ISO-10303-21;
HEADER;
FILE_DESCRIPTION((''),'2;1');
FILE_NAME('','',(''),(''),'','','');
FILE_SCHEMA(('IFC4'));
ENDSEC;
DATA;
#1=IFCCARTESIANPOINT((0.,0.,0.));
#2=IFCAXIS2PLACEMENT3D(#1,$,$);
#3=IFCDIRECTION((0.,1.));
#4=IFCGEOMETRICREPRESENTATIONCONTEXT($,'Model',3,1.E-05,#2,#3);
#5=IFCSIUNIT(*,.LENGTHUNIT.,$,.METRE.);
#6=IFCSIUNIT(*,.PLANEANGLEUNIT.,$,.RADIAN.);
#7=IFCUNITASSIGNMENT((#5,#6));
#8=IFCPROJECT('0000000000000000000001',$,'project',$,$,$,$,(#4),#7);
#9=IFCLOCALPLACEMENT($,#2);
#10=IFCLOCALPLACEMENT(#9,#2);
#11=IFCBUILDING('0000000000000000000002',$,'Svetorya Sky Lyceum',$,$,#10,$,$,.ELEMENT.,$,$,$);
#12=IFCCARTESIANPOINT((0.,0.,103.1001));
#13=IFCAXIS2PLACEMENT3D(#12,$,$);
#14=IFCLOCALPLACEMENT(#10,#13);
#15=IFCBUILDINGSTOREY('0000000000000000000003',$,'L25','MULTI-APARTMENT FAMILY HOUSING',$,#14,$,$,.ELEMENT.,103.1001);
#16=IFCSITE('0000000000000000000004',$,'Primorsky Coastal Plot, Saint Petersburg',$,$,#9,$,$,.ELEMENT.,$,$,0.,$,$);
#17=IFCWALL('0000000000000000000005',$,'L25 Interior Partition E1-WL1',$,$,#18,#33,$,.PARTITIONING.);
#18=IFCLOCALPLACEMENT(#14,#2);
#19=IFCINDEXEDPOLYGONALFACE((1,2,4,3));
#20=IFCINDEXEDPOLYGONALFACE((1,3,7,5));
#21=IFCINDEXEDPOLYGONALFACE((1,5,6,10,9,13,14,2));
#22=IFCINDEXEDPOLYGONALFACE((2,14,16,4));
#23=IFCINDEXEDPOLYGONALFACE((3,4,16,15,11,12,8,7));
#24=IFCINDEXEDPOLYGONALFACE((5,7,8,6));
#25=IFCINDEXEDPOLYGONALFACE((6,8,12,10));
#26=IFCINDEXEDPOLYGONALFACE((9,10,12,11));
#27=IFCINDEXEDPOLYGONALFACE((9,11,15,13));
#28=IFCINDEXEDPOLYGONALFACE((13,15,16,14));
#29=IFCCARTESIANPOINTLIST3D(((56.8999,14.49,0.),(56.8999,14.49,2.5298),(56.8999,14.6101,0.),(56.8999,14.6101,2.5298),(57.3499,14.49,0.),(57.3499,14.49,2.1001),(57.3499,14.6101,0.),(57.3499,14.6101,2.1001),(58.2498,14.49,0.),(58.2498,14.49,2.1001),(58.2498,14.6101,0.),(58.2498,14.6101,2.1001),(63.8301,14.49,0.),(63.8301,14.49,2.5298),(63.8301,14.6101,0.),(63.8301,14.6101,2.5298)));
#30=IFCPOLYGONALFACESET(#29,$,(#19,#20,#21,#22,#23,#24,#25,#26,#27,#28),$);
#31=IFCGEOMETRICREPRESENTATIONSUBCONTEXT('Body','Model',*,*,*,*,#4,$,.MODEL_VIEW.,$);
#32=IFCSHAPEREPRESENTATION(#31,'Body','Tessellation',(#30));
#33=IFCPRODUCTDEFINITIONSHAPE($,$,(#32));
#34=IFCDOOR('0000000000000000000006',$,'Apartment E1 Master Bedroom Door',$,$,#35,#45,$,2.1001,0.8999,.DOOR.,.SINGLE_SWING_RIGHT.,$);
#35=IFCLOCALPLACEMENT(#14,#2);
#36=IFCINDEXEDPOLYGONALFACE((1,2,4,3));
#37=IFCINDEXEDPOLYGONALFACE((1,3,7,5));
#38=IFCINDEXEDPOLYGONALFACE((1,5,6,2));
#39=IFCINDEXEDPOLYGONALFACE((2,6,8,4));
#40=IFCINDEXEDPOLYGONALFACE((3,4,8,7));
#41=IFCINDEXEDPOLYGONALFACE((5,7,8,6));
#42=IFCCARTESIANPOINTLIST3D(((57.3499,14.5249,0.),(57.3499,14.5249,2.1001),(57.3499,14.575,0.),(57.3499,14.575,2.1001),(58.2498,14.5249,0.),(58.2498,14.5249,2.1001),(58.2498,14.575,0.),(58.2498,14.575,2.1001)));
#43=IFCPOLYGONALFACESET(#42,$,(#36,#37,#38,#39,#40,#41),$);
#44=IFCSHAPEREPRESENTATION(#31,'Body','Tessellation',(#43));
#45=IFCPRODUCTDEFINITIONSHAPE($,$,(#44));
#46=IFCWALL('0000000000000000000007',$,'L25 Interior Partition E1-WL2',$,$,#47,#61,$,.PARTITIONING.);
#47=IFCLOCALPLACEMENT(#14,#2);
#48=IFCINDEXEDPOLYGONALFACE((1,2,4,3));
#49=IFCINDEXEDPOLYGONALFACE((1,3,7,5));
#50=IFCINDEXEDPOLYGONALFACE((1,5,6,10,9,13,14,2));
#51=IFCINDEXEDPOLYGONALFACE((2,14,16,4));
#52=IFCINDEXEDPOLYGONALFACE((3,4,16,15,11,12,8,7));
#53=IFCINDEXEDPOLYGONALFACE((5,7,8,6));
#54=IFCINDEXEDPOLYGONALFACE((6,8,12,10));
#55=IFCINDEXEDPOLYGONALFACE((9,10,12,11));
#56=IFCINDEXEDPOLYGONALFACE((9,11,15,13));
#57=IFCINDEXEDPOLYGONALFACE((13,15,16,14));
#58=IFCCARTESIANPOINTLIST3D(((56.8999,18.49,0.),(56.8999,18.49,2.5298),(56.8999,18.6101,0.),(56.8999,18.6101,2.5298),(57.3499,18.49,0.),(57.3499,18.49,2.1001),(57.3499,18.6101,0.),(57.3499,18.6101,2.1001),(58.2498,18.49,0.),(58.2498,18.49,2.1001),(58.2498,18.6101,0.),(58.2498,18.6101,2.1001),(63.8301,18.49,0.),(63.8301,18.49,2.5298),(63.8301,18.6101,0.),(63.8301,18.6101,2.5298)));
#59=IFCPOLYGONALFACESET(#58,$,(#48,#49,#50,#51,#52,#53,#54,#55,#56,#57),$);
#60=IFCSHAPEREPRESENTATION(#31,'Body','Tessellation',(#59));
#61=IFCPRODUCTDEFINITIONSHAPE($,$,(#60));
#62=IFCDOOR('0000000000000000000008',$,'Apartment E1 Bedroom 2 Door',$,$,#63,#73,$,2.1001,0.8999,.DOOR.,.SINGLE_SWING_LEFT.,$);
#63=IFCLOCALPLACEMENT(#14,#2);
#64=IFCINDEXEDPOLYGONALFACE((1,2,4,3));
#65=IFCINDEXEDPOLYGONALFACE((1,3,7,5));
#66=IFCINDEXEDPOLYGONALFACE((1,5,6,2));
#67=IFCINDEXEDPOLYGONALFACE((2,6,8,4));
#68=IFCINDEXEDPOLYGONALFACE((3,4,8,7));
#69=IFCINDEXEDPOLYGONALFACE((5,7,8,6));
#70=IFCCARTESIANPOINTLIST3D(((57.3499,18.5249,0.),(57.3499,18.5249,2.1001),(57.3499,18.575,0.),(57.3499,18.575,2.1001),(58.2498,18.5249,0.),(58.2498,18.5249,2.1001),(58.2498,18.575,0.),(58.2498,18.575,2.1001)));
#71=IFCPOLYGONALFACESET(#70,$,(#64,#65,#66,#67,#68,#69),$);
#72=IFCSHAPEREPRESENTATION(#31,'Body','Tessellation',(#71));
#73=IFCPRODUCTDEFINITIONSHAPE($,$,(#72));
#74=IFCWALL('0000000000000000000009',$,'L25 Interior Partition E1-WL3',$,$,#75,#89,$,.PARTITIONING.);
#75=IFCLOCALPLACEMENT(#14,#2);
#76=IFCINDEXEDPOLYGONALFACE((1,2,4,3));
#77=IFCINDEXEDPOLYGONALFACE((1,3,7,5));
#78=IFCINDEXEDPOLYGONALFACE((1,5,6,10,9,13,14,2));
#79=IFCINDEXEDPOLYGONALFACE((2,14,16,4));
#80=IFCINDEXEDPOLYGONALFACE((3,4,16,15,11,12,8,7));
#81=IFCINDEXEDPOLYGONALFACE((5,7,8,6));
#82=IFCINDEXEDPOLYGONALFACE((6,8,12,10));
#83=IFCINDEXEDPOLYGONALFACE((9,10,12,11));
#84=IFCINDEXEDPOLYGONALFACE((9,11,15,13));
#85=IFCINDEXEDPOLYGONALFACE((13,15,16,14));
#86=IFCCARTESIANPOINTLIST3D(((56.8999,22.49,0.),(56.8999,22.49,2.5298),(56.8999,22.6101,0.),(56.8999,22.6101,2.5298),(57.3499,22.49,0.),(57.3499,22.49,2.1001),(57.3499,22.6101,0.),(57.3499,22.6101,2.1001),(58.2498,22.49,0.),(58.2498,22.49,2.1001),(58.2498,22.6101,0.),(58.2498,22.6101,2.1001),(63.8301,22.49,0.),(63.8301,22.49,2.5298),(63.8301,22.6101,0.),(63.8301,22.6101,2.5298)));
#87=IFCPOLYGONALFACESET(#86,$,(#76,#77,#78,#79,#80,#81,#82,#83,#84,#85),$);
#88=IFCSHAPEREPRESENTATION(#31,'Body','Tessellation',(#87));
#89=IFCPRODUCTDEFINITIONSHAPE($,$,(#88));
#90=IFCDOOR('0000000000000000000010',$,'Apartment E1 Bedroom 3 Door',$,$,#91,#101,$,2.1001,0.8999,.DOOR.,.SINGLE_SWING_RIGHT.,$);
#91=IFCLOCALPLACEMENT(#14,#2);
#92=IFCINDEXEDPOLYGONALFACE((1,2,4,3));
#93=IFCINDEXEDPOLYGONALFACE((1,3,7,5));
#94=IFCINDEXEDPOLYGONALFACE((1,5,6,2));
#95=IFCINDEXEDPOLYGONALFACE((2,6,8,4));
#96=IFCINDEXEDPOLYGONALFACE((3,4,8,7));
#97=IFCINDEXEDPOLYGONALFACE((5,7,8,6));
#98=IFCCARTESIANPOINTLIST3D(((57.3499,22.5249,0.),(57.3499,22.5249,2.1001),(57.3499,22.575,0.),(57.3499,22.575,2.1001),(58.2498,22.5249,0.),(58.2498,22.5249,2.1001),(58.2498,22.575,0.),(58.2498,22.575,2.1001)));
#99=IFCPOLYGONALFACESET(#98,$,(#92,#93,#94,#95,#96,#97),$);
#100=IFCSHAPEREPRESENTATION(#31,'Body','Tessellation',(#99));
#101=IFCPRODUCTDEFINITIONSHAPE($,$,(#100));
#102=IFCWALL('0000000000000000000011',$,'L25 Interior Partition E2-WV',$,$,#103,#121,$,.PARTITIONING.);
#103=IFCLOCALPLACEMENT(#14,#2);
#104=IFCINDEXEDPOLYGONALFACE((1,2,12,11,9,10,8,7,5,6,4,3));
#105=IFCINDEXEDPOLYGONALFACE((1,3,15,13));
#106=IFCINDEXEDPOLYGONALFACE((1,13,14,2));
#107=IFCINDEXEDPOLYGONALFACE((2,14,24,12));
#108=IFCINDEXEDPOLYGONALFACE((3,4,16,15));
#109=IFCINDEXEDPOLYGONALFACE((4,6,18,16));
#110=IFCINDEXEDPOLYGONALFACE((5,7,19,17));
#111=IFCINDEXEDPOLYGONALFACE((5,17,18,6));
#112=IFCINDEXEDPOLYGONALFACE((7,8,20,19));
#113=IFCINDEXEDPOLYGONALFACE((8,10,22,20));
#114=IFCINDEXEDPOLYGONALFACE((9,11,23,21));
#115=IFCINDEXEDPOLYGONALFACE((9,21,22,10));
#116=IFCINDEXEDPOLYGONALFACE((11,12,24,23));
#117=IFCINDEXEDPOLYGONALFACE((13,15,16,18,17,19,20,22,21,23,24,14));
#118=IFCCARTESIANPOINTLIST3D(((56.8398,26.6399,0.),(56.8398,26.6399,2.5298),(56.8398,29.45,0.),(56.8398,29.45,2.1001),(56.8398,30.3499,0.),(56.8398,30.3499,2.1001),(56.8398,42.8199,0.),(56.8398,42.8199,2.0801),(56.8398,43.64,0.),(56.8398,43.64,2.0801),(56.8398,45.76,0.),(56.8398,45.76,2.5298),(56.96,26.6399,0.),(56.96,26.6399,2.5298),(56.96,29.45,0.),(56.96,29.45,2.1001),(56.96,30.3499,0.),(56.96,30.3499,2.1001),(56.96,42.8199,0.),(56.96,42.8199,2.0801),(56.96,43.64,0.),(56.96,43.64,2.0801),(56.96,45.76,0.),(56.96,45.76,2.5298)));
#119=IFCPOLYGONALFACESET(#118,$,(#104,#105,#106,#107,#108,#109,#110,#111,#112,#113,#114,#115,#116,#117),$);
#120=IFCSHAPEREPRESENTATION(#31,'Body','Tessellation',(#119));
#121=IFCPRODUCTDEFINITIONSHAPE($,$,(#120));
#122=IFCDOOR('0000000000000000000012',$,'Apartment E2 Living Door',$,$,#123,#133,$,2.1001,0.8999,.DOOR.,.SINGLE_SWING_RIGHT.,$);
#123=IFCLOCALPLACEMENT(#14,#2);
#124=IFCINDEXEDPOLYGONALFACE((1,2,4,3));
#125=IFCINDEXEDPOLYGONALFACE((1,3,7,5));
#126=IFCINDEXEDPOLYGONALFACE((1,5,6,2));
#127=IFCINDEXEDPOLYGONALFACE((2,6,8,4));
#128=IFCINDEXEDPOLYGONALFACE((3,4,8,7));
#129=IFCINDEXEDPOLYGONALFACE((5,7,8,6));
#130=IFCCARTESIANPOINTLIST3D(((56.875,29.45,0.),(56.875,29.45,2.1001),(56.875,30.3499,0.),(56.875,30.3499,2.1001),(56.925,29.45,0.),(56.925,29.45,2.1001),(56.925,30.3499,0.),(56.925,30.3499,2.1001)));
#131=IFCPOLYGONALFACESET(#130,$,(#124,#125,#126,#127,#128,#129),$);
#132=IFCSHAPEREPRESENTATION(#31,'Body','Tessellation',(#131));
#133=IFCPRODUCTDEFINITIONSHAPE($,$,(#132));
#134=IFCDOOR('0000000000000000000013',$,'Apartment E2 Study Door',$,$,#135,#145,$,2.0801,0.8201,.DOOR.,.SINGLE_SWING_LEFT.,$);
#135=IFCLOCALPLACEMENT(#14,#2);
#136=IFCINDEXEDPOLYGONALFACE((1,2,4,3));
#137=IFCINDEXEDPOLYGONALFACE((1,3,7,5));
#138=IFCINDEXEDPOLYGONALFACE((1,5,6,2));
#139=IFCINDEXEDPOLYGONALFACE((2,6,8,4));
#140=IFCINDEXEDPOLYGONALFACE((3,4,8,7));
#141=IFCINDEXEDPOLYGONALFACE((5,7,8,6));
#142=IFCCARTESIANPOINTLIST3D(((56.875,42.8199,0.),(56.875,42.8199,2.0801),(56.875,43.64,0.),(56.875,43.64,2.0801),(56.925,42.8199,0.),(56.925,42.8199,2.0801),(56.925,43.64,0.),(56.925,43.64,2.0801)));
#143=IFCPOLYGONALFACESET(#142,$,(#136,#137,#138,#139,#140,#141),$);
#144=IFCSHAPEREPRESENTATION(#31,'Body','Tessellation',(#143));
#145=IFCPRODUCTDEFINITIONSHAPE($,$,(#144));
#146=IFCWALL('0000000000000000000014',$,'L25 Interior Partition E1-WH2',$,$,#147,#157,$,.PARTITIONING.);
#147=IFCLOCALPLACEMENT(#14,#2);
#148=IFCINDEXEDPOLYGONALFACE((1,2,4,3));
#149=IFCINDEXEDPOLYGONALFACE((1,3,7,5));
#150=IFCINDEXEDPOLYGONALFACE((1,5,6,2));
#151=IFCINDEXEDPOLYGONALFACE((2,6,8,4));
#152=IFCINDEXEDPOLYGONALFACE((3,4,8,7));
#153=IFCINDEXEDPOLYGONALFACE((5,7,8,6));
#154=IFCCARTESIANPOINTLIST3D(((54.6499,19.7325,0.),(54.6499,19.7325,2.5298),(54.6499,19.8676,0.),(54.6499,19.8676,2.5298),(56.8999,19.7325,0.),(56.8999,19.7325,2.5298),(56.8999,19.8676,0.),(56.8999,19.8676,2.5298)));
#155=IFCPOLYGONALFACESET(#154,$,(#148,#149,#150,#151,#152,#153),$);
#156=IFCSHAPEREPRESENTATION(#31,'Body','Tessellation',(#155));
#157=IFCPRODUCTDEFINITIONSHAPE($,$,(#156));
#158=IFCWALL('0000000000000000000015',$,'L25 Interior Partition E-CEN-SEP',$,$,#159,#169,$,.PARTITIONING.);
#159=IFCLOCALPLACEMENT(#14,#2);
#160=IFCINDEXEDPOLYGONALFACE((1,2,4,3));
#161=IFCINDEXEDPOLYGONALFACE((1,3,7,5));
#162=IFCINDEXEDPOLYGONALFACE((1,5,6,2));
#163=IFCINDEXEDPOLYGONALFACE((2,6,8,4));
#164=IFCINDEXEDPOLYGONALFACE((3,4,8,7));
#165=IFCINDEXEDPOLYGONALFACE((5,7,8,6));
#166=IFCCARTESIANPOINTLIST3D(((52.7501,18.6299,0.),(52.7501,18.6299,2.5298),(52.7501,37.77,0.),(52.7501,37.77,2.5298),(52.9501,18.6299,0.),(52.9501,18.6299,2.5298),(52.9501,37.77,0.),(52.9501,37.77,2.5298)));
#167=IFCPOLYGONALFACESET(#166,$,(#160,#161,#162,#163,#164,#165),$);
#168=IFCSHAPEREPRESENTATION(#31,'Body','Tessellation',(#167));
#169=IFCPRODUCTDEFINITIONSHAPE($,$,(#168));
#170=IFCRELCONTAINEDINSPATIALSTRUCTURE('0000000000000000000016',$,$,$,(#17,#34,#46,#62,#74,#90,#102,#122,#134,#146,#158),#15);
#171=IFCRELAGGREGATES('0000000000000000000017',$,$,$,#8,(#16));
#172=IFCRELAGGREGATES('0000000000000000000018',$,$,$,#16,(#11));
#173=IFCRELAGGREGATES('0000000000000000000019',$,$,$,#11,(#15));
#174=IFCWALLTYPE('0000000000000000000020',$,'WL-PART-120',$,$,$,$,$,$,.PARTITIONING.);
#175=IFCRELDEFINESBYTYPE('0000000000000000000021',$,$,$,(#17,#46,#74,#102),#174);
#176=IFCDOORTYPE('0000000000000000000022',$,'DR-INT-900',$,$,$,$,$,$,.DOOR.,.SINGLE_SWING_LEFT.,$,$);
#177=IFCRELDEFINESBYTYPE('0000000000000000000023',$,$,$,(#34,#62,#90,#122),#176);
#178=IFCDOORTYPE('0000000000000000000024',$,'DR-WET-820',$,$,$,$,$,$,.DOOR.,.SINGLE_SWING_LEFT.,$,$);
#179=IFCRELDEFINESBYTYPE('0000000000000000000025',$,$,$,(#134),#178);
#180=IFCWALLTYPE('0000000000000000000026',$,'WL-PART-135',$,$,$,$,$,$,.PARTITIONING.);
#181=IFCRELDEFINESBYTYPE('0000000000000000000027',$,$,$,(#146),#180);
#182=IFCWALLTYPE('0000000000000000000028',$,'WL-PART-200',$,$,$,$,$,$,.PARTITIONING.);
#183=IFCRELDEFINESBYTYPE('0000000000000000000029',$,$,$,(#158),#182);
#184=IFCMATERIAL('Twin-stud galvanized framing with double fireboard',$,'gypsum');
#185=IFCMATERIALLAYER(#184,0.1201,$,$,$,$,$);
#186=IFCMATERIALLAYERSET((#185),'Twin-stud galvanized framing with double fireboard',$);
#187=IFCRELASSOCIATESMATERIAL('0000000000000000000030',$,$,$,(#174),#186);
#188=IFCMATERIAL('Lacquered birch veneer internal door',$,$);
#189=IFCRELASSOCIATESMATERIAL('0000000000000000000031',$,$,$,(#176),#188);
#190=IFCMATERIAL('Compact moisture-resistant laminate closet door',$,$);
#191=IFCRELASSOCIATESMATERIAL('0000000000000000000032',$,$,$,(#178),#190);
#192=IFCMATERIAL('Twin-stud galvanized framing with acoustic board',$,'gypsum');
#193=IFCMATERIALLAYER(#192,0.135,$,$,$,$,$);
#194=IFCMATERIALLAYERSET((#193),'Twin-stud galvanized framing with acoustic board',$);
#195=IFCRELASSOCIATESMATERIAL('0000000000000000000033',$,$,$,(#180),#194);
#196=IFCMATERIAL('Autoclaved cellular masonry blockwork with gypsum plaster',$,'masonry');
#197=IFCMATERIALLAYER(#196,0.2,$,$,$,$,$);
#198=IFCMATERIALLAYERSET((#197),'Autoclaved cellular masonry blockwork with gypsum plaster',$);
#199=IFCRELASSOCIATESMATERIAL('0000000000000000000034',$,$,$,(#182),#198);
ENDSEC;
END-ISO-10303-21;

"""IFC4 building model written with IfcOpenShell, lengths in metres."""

from ifc_helpers import new_model, si_unit, direction, frame, frame_2d, origin, place, context, subcontext, project, spatial, rectangle, extrude, material, layer, layer_set, type_object, element, fill, save


model = new_model("IFC4")

# Units and contexts
model_context = context("Model", 3, precision=1e-05, world=origin(), true_north=direction((0.0, 1.0)))
body_context = subcontext(model_context, "Body", "Model", "MODEL_VIEW")
ifc_project = project(units=[si_unit("LENGTHUNIT", "METRE"), si_unit("PLANEANGLEUNIT", "RADIAN")], contexts=[model_context])

# Site, building, storey
site_placement = place(None, origin())
site = spatial("IfcSite", under=ifc_project, at=site_placement, Name="Primorsky Coastal Plot, Saint Petersburg", CompositionType="ELEMENT", RefElevation=0.0)
building_placement = place(site_placement, origin())
building = spatial("IfcBuilding", under=site, at=building_placement, Name="Svetorya Sky Lyceum", CompositionType="ELEMENT")
storey_placement = place(building_placement, frame((0.0, 0.0, 103.1001)))
storey = spatial("IfcBuildingStorey", under=building, at=storey_placement, Name="L25", Description="MULTI-APARTMENT FAMILY HOUSING", CompositionType="ELEMENT", Elevation=103.1001)

# Walls, openings, doors
ifc_material_1 = material(Name="Twin-stud galvanized framing with double fireboard", Category="gypsum")
ifc_layer_1 = layer(ifc_material_1, 0.1201)
ifc_layer_set_1 = layer_set([ifc_layer_1], Name="Twin-stud galvanized framing with double fireboard")
wall_type_1 = type_object("IfcWallType", Name="WL-PART-120", PredefinedType="PARTITIONING", material=ifc_layer_set_1)
wall_1_placement = place(storey_placement, frame((56.8999, 14.55, 0.0), z_axis=(0.0, 0.0, 1.0), x_axis=(1.0, 0.0, 0.0)))
wall_1 = element("IfcWall", 1, at=wall_1_placement, inside=storey, type_object=wall_type_1, Name="L25 Interior Partition E1-WL1", PredefinedType="PARTITIONING", context=body_context, shape_type="SweptSolid", body=[
    extrude(rectangle(XDim=6.9302, YDim=0.1201, at=frame_2d((3.4651, 0.0))), origin(), (0.0, 0.0, 1.0), 2.5298),
])
opening_1_placement = place(wall_1_placement, frame((0.45, 0.0, 0.0)))
opening_1 = element("IfcOpeningElement", 2, at=opening_1_placement, cuts=wall_1, PredefinedType="OPENING", context=body_context, shape_type="SweptSolid", body=[
    extrude(rectangle(XDim=0.8999, YDim=2.1001, at=frame_2d((0.45, 1.05))), frame((0.0, 0.0701, 0.0), z_axis=(0.0, -1.0, 0.0), x_axis=(1.0, 0.0, 0.0)), (0.0, 0.0, 1.0), 0.1401),
])
ifc_material_2 = material(Name="Lacquered birch veneer internal door")
door_type_1 = type_object("IfcDoorType", Name="DR-INT-900", OperationType="SINGLE_SWING_LEFT", PredefinedType="DOOR", material=ifc_material_2)
door_1_placement = place(opening_1_placement, origin())
door_1 = element("IfcDoor", 3, at=door_1_placement, inside=storey, type_object=door_type_1, Name="Apartment E1 Master Bedroom Door", OperationType="SINGLE_SWING_RIGHT", OverallHeight=2.1001, OverallWidth=0.8999, PredefinedType="DOOR", context=body_context, shape_type="SweptSolid", body=[
    extrude(rectangle(XDim=0.8999, YDim=2.1001, at=frame_2d((0.45, 1.05))), frame((0.0, 0.0249, 0.0), z_axis=(0.0, -1.0, 0.0), x_axis=(1.0, 0.0, 0.0)), (0.0, 0.0, 1.0), 0.05),
])
fill(opening_1, door_1)
wall_2_placement = place(storey_placement, frame((56.8999, 18.55, 0.0), z_axis=(0.0, 0.0, 1.0), x_axis=(1.0, 0.0, 0.0)))
wall_2 = element("IfcWall", 4, at=wall_2_placement, inside=storey, type_object=wall_type_1, Name="L25 Interior Partition E1-WL2", PredefinedType="PARTITIONING", context=body_context, shape_type="SweptSolid", body=[
    extrude(rectangle(XDim=6.9302, YDim=0.1201, at=frame_2d((3.4651, 0.0))), origin(), (0.0, 0.0, 1.0), 2.5298),
])
opening_2_placement = place(wall_2_placement, frame((0.45, 0.0, 0.0)))
opening_2 = element("IfcOpeningElement", 5, at=opening_2_placement, cuts=wall_2, PredefinedType="OPENING", context=body_context, shape_type="SweptSolid", body=[
    extrude(rectangle(XDim=0.8999, YDim=2.1001, at=frame_2d((0.45, 1.05))), frame((0.0, 0.0701, 0.0), z_axis=(0.0, -1.0, 0.0), x_axis=(1.0, 0.0, 0.0)), (0.0, 0.0, 1.0), 0.1401),
])
door_2_placement = place(opening_2_placement, origin())
door_2 = element("IfcDoor", 6, at=door_2_placement, inside=storey, type_object=door_type_1, Name="Apartment E1 Bedroom 2 Door", OperationType="SINGLE_SWING_LEFT", OverallHeight=2.1001, OverallWidth=0.8999, PredefinedType="DOOR", context=body_context, shape_type="SweptSolid", body=[
    extrude(rectangle(XDim=0.8999, YDim=2.1001, at=frame_2d((0.45, 1.05))), frame((0.0, 0.0249, 0.0), z_axis=(0.0, -1.0, 0.0), x_axis=(1.0, 0.0, 0.0)), (0.0, 0.0, 1.0), 0.05),
])
fill(opening_2, door_2)
wall_3_placement = place(storey_placement, frame((56.8999, 22.55, 0.0), z_axis=(0.0, 0.0, 1.0), x_axis=(1.0, 0.0, 0.0)))
wall_3 = element("IfcWall", 7, at=wall_3_placement, inside=storey, type_object=wall_type_1, Name="L25 Interior Partition E1-WL3", PredefinedType="PARTITIONING", context=body_context, shape_type="SweptSolid", body=[
    extrude(rectangle(XDim=6.9302, YDim=0.1201, at=frame_2d((3.4651, 0.0))), origin(), (0.0, 0.0, 1.0), 2.5298),
])
opening_3_placement = place(wall_3_placement, frame((0.45, 0.0, 0.0)))
opening_3 = element("IfcOpeningElement", 8, at=opening_3_placement, cuts=wall_3, PredefinedType="OPENING", context=body_context, shape_type="SweptSolid", body=[
    extrude(rectangle(XDim=0.8999, YDim=2.1001, at=frame_2d((0.45, 1.05))), frame((0.0, 0.0701, 0.0), z_axis=(0.0, -1.0, 0.0), x_axis=(1.0, 0.0, 0.0)), (0.0, 0.0, 1.0), 0.1401),
])
door_3_placement = place(opening_3_placement, origin())
door_3 = element("IfcDoor", 9, at=door_3_placement, inside=storey, type_object=door_type_1, Name="Apartment E1 Bedroom 3 Door", OperationType="SINGLE_SWING_RIGHT", OverallHeight=2.1001, OverallWidth=0.8999, PredefinedType="DOOR", context=body_context, shape_type="SweptSolid", body=[
    extrude(rectangle(XDim=0.8999, YDim=2.1001, at=frame_2d((0.45, 1.05))), frame((0.0, 0.0249, 0.0), z_axis=(0.0, -1.0, 0.0), x_axis=(1.0, 0.0, 0.0)), (0.0, 0.0, 1.0), 0.05),
])
fill(opening_3, door_3)

# Wall, openings, doors
wall_4_placement = place(storey_placement, frame((56.8999, 26.6399, 0.0), z_axis=(0.0, 0.0, 1.0), x_axis=(0.0, 1.0, 0.0)))
wall_4 = element("IfcWall", 10, at=wall_4_placement, inside=storey, type_object=wall_type_1, Name="L25 Interior Partition E2-WV", PredefinedType="PARTITIONING", context=body_context, shape_type="SweptSolid", body=[
    extrude(rectangle(XDim=19.1201, YDim=0.1201, at=frame_2d((9.5601, 0.0))), origin(), (0.0, 0.0, 1.0), 2.5298),
])
opening_4_placement = place(wall_4_placement, frame((2.8101, 0.0, 0.0)))
opening_4 = element("IfcOpeningElement", 11, at=opening_4_placement, cuts=wall_4, PredefinedType="OPENING", context=body_context, shape_type="SweptSolid", body=[
    extrude(rectangle(XDim=0.8999, YDim=2.1001, at=frame_2d((0.45, 1.05))), frame((0.0, 0.0701, 0.0), z_axis=(0.0, -1.0, 0.0), x_axis=(1.0, 0.0, 0.0)), (0.0, 0.0, 1.0), 0.1401),
])
opening_5_placement = place(wall_4_placement, frame((16.1799, 0.0, 0.0)))
opening_5 = element("IfcOpeningElement", 12, at=opening_5_placement, cuts=wall_4, PredefinedType="OPENING", context=body_context, shape_type="SweptSolid", body=[
    extrude(rectangle(XDim=0.8201, YDim=2.0801, at=frame_2d((0.4102, 1.04))), frame((0.0, 0.0701, 0.0), z_axis=(0.0, -1.0, 0.0), x_axis=(1.0, 0.0, 0.0)), (0.0, 0.0, 1.0), 0.1401),
])
door_4_placement = place(opening_4_placement, origin())
door_4 = element("IfcDoor", 13, at=door_4_placement, inside=storey, type_object=door_type_1, Name="Apartment E2 Living Door", OperationType="SINGLE_SWING_RIGHT", OverallHeight=2.1001, OverallWidth=0.8999, PredefinedType="DOOR", context=body_context, shape_type="SweptSolid", body=[
    extrude(rectangle(XDim=0.8999, YDim=2.1001, at=frame_2d((0.45, 1.05))), frame((0.0, 0.0249, 0.0), z_axis=(0.0, -1.0, 0.0), x_axis=(1.0, 0.0, 0.0)), (0.0, 0.0, 1.0), 0.05),
])
fill(opening_4, door_4)
ifc_material_3 = material(Name="Compact moisture-resistant laminate closet door")
door_type_2 = type_object("IfcDoorType", Name="DR-WET-820", OperationType="SINGLE_SWING_LEFT", PredefinedType="DOOR", material=ifc_material_3)
door_5_placement = place(opening_5_placement, origin())
door_5 = element("IfcDoor", 14, at=door_5_placement, inside=storey, type_object=door_type_2, Name="Apartment E2 Study Door", OperationType="SINGLE_SWING_LEFT", OverallHeight=2.0801, OverallWidth=0.8201, PredefinedType="DOOR", context=body_context, shape_type="SweptSolid", body=[
    extrude(rectangle(XDim=0.8201, YDim=2.0801, at=frame_2d((0.4102, 1.04))), frame((0.0, 0.0249, 0.0), z_axis=(0.0, -1.0, 0.0), x_axis=(1.0, 0.0, 0.0)), (0.0, 0.0, 1.0), 0.05),
])
fill(opening_5, door_5)

# Walls
ifc_material_4 = material(Name="Twin-stud galvanized framing with acoustic board", Category="gypsum")
ifc_layer_2 = layer(ifc_material_4, 0.135)
ifc_layer_set_2 = layer_set([ifc_layer_2], Name="Twin-stud galvanized framing with acoustic board")
wall_type_2 = type_object("IfcWallType", Name="WL-PART-135", PredefinedType="PARTITIONING", material=ifc_layer_set_2)
wall_5_placement = place(storey_placement, frame((54.6499, 19.8, 0.0), z_axis=(0.0, 0.0, 1.0), x_axis=(1.0, 0.0, 0.0)))
element("IfcWall", 15, at=wall_5_placement, inside=storey, type_object=wall_type_2, Name="L25 Interior Partition E1-WH2", PredefinedType="PARTITIONING", context=body_context, shape_type="SweptSolid", body=[
    extrude(rectangle(XDim=2.25, YDim=0.135, at=frame_2d((1.125, 0.0))), origin(), (0.0, 0.0, 1.0), 2.5298),
])
ifc_material_5 = material(Name="Autoclaved cellular masonry blockwork with gypsum plaster", Category="masonry")
ifc_layer_3 = layer(ifc_material_5, 0.2)
ifc_layer_set_3 = layer_set([ifc_layer_3], Name="Autoclaved cellular masonry blockwork with gypsum plaster")
wall_type_3 = type_object("IfcWallType", Name="WL-PART-200", PredefinedType="PARTITIONING", material=ifc_layer_set_3)
wall_6_placement = place(storey_placement, frame((52.8501, 18.6299, 0.0), z_axis=(0.0, 0.0, 1.0), x_axis=(0.0, 1.0, 0.0)))
element("IfcWall", 16, at=wall_6_placement, inside=storey, type_object=wall_type_3, Name="L25 Interior Partition E-CEN-SEP", PredefinedType="PARTITIONING", context=body_context, shape_type="SweptSolid", body=[
    extrude(rectangle(XDim=19.1401, YDim=0.2, at=frame_2d((9.5701, 0.0))), origin(), (0.0, 0.0, 1.0), 2.5298),
])

save(model, "model.ifc")
